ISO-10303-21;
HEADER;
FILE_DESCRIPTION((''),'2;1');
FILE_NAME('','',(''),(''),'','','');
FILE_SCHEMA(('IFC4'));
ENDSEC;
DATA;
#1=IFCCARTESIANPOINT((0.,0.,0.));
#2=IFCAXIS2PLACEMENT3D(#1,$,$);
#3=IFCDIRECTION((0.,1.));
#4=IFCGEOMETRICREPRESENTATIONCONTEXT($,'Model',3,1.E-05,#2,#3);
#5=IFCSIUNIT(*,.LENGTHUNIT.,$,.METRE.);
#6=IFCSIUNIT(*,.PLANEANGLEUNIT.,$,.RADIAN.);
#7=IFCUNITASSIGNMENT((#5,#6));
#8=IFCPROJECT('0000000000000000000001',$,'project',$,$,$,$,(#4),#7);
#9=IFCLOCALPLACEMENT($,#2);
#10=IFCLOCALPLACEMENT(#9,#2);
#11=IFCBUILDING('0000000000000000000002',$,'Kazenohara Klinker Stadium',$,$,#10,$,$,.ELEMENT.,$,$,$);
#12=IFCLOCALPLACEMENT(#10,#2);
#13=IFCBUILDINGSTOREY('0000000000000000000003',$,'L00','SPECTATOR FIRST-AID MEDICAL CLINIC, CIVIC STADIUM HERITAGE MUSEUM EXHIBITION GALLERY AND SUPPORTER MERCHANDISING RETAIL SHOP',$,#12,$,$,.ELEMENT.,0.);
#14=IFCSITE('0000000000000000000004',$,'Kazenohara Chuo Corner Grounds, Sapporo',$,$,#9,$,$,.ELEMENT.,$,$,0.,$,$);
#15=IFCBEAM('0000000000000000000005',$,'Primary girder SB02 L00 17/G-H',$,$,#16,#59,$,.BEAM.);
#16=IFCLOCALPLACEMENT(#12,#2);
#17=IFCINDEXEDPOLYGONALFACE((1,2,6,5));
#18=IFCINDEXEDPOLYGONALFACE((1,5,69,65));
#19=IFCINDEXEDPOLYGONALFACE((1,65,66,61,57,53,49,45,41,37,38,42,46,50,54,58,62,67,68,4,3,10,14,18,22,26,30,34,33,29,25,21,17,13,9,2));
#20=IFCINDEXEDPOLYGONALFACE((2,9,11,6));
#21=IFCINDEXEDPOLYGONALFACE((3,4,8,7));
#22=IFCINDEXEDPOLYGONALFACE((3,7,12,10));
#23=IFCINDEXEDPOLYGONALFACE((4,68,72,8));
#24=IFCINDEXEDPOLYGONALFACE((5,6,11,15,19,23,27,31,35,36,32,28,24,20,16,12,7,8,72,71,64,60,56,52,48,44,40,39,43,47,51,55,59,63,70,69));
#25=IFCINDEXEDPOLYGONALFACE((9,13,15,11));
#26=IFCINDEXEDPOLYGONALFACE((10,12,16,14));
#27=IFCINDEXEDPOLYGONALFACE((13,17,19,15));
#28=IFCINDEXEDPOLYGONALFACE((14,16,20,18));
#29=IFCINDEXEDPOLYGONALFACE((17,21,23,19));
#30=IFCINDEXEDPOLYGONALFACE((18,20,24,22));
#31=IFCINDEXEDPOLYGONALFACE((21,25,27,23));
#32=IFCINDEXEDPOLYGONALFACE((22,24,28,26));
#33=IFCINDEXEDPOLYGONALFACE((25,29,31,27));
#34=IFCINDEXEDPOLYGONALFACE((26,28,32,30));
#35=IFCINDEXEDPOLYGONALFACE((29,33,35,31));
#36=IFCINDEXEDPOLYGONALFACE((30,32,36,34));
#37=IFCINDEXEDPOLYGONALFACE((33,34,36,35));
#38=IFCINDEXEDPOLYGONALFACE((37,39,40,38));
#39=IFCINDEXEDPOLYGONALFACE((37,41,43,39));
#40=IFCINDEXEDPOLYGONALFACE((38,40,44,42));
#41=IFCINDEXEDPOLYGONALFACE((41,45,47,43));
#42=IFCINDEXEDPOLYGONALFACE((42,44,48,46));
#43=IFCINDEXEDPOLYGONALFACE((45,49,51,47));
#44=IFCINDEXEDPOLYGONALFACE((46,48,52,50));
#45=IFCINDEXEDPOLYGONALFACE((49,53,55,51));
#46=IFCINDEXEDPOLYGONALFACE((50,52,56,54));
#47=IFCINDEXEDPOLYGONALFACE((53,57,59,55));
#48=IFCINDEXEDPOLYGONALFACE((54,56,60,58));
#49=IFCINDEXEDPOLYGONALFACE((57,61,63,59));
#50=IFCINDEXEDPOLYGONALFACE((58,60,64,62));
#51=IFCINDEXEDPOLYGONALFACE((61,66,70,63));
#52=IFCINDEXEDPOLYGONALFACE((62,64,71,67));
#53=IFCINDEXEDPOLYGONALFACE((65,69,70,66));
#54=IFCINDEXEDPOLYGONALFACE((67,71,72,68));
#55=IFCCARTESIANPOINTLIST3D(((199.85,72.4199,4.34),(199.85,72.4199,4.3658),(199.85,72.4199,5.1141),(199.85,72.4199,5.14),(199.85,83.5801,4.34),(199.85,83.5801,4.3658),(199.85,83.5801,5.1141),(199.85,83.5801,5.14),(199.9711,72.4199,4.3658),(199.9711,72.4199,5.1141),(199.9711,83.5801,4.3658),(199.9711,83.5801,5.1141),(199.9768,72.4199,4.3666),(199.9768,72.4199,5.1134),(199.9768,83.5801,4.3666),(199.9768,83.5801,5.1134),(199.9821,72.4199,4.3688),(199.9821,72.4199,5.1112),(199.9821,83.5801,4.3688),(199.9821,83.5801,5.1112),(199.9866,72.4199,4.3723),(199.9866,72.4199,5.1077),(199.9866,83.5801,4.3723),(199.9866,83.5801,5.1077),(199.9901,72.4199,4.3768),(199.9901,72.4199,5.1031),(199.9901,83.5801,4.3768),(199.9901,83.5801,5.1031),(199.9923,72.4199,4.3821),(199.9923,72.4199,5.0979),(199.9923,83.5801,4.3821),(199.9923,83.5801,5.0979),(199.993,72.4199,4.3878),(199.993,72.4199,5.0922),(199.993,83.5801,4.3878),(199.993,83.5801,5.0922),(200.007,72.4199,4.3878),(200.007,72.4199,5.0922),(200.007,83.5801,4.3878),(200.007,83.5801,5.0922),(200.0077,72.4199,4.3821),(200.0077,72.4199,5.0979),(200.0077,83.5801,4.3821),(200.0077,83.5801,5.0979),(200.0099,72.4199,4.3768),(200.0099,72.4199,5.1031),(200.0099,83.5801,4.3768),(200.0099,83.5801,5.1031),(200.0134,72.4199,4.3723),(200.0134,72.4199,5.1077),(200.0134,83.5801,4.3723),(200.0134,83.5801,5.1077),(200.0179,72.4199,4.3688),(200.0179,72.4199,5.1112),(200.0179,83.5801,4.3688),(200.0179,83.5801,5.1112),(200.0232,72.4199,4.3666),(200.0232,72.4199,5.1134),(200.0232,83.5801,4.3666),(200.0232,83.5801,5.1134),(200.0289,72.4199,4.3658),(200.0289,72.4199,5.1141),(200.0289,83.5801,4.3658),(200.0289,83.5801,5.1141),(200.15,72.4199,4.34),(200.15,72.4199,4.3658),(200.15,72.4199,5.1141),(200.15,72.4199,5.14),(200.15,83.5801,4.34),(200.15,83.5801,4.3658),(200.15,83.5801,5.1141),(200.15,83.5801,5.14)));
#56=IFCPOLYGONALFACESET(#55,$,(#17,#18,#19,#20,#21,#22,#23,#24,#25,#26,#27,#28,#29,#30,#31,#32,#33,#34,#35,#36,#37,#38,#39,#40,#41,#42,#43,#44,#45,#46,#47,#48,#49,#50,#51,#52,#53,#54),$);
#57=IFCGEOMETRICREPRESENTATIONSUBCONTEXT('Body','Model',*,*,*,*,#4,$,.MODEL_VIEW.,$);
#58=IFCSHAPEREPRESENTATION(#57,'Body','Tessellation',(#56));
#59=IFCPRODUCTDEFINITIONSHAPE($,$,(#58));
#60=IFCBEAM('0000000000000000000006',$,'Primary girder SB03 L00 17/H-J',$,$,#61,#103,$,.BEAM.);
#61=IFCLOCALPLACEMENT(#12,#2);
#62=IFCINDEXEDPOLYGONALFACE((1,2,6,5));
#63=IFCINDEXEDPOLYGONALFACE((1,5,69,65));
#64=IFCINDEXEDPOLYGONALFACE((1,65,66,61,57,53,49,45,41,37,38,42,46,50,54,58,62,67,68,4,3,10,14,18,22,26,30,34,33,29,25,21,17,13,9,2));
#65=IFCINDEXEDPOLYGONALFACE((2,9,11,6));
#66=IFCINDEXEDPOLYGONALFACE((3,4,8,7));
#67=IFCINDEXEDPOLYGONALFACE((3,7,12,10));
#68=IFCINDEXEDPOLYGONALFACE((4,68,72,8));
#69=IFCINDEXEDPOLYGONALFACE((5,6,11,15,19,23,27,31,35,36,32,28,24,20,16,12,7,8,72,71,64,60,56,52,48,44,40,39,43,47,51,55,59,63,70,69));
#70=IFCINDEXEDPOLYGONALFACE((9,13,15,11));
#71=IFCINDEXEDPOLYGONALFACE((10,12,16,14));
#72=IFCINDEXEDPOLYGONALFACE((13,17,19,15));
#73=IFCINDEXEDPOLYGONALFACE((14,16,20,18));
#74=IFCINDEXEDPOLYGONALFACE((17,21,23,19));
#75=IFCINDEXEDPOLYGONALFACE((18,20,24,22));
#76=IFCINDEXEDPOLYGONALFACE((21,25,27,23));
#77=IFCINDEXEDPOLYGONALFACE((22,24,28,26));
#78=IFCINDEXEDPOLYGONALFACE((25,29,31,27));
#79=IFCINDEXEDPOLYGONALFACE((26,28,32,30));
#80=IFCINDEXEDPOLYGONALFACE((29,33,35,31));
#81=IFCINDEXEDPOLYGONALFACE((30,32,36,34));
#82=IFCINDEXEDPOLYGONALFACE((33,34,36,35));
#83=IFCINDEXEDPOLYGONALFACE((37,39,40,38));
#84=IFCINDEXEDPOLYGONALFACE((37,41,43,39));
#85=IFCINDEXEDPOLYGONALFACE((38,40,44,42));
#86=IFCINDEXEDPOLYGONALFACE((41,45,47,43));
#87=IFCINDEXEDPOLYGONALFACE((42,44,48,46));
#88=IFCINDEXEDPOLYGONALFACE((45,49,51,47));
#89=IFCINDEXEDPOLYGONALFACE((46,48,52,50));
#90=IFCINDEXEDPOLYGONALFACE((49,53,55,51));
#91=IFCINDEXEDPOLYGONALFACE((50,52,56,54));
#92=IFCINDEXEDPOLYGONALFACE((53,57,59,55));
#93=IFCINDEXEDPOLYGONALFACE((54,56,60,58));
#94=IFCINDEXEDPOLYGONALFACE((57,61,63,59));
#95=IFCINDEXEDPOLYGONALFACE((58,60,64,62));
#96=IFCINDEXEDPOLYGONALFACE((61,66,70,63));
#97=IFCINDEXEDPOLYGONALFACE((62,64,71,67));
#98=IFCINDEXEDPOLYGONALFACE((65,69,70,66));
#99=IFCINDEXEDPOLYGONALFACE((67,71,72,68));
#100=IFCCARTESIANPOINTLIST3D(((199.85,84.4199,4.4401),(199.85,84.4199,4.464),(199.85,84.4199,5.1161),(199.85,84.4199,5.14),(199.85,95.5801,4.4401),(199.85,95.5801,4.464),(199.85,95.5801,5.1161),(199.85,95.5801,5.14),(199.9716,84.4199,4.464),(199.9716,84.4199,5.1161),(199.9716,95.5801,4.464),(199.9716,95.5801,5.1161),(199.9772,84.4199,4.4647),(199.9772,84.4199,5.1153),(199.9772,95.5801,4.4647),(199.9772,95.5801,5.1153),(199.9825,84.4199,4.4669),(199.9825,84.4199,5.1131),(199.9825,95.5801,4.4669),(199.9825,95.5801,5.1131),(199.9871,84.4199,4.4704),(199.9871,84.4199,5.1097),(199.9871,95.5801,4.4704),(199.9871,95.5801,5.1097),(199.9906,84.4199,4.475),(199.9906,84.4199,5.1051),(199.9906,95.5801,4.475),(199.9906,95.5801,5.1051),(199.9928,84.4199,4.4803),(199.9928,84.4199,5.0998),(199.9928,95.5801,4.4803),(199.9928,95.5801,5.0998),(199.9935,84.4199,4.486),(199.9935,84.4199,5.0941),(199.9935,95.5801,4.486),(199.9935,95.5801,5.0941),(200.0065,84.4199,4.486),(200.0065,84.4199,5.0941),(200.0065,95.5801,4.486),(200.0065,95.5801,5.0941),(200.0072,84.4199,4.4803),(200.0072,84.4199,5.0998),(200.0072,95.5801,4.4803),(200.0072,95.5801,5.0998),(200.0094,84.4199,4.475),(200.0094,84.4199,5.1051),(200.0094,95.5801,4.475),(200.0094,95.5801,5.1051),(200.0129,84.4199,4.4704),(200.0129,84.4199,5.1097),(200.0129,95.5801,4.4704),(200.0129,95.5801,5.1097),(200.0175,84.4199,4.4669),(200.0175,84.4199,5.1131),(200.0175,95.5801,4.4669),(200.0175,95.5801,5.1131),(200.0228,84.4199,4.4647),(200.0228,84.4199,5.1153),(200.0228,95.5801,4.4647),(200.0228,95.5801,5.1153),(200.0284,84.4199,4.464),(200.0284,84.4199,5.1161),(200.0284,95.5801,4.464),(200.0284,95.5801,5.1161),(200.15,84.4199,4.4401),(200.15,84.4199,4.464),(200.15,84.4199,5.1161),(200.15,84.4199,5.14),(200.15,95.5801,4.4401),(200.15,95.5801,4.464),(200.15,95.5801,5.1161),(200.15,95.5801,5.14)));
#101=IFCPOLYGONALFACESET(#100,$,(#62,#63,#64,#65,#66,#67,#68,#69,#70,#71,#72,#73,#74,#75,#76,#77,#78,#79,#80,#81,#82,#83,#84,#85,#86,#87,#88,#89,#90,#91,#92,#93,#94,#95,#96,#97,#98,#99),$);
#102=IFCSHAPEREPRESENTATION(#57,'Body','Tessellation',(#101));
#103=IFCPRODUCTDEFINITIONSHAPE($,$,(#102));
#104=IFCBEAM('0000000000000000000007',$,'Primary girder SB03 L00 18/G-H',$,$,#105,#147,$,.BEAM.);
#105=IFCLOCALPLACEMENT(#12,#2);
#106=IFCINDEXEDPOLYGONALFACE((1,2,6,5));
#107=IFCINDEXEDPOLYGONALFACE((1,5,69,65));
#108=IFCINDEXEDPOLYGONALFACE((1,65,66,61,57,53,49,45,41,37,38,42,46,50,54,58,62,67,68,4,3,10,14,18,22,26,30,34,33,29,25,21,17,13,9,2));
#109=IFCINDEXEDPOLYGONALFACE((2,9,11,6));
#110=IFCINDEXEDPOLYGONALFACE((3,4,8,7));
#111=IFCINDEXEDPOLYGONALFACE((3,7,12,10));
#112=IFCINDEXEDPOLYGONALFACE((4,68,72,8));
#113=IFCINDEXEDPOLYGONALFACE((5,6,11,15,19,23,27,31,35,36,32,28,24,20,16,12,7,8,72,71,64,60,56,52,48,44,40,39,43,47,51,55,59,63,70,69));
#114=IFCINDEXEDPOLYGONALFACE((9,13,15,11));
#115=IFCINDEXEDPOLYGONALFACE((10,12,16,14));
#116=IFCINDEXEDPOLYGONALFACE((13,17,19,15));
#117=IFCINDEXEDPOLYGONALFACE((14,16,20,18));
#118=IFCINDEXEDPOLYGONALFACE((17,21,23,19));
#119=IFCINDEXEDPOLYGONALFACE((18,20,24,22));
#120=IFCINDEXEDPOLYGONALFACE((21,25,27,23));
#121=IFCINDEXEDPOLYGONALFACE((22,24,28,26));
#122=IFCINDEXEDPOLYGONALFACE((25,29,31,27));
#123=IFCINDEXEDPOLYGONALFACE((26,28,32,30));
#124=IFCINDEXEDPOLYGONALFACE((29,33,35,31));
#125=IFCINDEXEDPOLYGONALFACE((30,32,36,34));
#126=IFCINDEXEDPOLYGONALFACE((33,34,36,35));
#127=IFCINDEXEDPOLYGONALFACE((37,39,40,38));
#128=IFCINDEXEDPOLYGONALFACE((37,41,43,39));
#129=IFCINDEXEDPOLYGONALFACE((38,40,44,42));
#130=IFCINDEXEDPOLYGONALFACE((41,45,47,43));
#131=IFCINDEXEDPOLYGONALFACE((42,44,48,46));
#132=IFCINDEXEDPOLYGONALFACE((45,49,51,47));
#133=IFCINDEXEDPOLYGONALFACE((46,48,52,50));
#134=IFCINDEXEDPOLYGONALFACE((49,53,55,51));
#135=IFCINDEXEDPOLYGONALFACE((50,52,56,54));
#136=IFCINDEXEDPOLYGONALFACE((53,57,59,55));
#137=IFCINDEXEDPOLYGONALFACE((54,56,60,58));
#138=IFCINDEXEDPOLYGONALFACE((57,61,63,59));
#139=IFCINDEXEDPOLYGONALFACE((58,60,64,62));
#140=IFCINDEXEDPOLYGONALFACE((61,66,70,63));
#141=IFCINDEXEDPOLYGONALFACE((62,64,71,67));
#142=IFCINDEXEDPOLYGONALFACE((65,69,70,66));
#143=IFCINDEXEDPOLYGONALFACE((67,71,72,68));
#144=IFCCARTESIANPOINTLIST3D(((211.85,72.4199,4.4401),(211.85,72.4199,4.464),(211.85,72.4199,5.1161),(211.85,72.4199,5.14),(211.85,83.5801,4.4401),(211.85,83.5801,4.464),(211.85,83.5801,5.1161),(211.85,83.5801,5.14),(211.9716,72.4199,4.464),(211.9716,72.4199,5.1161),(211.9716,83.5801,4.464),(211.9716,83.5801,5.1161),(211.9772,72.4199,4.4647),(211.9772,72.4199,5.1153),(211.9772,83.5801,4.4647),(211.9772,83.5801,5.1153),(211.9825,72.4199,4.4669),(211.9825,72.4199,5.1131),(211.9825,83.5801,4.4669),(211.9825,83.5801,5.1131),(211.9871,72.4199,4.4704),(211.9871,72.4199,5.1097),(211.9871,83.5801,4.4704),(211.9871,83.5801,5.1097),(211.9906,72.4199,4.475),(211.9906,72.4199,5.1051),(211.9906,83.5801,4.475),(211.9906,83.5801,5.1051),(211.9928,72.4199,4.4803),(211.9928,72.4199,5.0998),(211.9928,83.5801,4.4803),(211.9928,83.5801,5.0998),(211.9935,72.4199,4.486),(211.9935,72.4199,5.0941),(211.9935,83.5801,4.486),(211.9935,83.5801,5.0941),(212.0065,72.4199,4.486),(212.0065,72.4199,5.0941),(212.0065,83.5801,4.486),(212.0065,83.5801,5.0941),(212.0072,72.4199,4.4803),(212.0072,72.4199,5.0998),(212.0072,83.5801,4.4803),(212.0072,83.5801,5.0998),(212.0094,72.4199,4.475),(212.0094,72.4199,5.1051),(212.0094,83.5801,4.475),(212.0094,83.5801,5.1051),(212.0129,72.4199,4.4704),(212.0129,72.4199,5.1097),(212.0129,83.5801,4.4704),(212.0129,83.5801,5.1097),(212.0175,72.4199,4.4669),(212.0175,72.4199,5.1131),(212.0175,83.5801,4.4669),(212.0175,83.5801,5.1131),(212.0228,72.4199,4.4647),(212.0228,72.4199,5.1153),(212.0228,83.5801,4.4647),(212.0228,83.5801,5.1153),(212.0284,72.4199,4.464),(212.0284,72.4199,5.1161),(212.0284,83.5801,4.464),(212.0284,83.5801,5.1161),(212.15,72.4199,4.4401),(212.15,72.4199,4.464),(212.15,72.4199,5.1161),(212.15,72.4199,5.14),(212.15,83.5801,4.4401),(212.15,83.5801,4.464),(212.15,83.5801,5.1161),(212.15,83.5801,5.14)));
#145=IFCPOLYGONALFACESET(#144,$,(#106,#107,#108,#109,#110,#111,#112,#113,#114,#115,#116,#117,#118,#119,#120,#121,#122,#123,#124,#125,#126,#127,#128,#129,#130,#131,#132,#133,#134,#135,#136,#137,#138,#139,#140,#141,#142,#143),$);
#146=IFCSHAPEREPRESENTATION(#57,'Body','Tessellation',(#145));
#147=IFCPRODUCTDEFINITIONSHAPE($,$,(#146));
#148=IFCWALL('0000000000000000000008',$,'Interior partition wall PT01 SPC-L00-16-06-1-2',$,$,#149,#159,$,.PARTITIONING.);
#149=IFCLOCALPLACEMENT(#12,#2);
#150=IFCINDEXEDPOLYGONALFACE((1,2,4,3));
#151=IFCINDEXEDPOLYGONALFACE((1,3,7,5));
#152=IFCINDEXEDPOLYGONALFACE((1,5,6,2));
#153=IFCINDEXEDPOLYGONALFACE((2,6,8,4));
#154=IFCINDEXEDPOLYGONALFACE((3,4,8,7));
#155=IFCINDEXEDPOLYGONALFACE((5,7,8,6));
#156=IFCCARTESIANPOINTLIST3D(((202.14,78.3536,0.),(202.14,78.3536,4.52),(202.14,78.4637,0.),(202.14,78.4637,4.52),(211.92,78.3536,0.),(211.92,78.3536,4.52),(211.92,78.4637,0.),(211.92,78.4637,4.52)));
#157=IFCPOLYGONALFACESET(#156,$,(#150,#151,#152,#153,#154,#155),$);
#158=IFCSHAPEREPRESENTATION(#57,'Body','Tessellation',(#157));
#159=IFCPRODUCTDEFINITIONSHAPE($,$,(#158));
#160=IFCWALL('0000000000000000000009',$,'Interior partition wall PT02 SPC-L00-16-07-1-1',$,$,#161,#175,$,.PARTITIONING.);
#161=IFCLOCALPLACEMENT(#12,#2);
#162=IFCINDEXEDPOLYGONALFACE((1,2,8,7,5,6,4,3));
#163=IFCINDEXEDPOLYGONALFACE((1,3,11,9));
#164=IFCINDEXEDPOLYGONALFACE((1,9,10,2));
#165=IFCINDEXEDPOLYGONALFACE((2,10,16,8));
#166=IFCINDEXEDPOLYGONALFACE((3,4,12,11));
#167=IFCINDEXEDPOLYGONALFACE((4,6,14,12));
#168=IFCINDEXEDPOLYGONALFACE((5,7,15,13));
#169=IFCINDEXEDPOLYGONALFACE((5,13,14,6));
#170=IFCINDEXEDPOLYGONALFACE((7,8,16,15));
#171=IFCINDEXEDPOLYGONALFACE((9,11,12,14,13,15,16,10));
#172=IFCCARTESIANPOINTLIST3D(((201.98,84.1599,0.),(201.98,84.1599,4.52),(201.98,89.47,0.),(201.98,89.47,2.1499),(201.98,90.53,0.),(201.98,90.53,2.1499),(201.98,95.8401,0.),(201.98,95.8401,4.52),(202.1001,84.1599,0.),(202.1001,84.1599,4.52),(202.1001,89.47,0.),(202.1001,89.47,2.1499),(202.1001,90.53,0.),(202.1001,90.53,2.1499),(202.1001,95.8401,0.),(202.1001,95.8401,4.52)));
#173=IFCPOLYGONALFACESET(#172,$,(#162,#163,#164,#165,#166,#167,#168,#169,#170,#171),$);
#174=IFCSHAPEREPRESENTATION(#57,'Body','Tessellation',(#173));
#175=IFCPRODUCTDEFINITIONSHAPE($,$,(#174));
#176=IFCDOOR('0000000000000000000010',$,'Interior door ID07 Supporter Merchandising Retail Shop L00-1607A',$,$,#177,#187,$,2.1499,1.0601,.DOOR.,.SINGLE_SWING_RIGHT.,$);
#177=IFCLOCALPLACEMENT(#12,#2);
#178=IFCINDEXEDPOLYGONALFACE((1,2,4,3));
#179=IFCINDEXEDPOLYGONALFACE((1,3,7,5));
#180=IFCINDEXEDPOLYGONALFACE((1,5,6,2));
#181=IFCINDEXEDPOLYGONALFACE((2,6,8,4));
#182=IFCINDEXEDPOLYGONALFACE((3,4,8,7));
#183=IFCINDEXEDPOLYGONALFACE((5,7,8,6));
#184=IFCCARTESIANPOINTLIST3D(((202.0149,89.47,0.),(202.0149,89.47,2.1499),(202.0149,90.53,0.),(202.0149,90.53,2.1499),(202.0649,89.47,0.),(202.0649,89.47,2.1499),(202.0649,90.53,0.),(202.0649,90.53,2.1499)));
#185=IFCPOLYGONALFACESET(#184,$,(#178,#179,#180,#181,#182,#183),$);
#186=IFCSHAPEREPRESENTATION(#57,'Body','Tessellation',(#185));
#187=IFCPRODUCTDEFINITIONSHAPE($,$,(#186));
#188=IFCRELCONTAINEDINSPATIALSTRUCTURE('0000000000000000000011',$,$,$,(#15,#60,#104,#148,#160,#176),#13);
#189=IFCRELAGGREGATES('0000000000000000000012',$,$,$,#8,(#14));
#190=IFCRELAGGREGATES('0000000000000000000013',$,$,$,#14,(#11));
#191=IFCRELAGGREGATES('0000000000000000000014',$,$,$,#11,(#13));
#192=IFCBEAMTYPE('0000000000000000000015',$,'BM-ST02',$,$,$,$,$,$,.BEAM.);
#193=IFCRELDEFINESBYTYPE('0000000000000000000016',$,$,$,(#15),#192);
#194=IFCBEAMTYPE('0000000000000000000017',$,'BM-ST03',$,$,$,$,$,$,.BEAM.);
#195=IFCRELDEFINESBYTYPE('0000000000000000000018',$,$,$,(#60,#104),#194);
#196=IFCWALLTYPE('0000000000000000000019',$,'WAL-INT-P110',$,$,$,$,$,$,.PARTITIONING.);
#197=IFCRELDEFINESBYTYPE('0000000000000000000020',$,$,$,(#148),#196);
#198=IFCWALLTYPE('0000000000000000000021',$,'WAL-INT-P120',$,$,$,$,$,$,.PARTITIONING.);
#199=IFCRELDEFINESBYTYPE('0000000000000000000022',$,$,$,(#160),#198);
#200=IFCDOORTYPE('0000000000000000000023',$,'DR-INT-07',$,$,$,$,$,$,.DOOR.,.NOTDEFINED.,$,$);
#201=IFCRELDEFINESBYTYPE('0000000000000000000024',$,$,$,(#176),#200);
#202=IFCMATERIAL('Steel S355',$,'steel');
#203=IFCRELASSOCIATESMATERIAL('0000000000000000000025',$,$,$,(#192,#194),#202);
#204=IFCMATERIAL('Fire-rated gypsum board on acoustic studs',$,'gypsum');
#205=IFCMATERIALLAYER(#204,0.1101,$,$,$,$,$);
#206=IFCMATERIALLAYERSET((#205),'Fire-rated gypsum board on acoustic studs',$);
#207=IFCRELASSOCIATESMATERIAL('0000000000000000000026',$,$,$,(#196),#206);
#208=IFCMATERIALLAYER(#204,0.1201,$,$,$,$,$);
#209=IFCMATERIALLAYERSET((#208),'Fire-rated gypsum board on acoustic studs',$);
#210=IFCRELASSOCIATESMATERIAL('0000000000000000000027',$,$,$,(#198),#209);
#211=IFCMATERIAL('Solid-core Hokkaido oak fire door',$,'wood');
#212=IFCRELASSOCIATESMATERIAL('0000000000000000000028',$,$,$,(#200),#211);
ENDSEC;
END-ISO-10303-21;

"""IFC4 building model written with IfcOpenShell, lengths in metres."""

from ifc_helpers import new_model, si_unit, direction, frame, frame_2d, origin, origin_2d, place, context, subcontext, project, spatial, rectangle, i_section, extrude, material, layer, layer_set, material_profile, profile_set, type_object, element, fill, save


model = new_model("IFC4")

# Units and contexts
model_context = context("Model", 3, precision=1e-05, world=origin(), true_north=direction((0.0, 1.0)))
body_context = subcontext(model_context, "Body", "Model", "MODEL_VIEW")
ifc_project = project(units=[si_unit("LENGTHUNIT", "METRE"), si_unit("PLANEANGLEUNIT", "RADIAN")], contexts=[model_context])

# Site, building, storey
site_placement = place(None, origin())
site = spatial("IfcSite", under=ifc_project, at=site_placement, Name="Kazenohara Chuo Corner Grounds, Sapporo", CompositionType="ELEMENT", RefElevation=0.0)
building_placement = place(site_placement, origin())
building = spatial("IfcBuilding", under=site, at=building_placement, Name="Kazenohara Klinker Stadium", CompositionType="ELEMENT")
storey_placement = place(building_placement, origin())
storey = spatial("IfcBuildingStorey", under=building, at=storey_placement, Name="L00", Description="SPECTATOR FIRST-AID MEDICAL CLINIC, CIVIC STADIUM HERITAGE MUSEUM EXHIBITION GALLERY AND SUPPORTER MERCHANDISING RETAIL SHOP", CompositionType="ELEMENT", Elevation=0.0)

# Beams
ifc_material_1 = material(Name="Steel S355", Category="steel")
ifc_material_profile_1 = material_profile(ifc_material_1, i_section(OverallWidth=0.3, OverallDepth=0.8, WebThickness=0.0139, FlangeThickness=0.0259, FilletRadius=0.022, at=origin_2d()), Name="H-800x300x14x26")
ifc_profile_set_1 = profile_set([ifc_material_profile_1], Name="Steel S355")
beam_type_1 = type_object("IfcBeamType", Name="BM-ST02", PredefinedType="BEAM", material=ifc_profile_set_1)
for number, where, z_axis, x_axis, name in (
    (1, (200.0, 72.4199, 4.74), (0.0, 1.0, 0.0), (-1.0, 0.0, 0.0), "Primary girder SB02 L00 17/G-H"),
):
    element("IfcBeam", number, at=place(storey_placement, frame(where, z_axis=z_axis, x_axis=x_axis)), inside=storey, type_object=beam_type_1, Name=name, PredefinedType="BEAM", context=body_context, shape_type="SweptSolid", body=[
        extrude(i_section(OverallWidth=0.3, OverallDepth=0.8, WebThickness=0.0139, FlangeThickness=0.0259, FilletRadius=0.022, at=origin_2d()), origin(), (0.0, 0.0, 1.0), 11.1602),
    ])
ifc_material_profile_2 = material_profile(ifc_material_1, i_section(OverallWidth=0.3, OverallDepth=0.7, WebThickness=0.0129, FlangeThickness=0.0239, FilletRadius=0.022, at=origin_2d()), Name="H-700x300x13x24")
ifc_profile_set_2 = profile_set([ifc_material_profile_2], Name="Steel S355")
beam_type_2 = type_object("IfcBeamType", Name="BM-ST03", PredefinedType="BEAM", material=ifc_profile_set_2)
for number, where, z_axis, x_axis, name in (
    (2, (200.0, 84.4199, 4.79), (0.0, 1.0, 0.0), (-1.0, 0.0, 0.0), "Primary girder SB03 L00 17/H-J"),
    (3, (212.0, 72.4199, 4.79), (0.0, 1.0, 0.0), (-1.0, 0.0, 0.0), "Primary girder SB03 L00 18/G-H"),
):
    element("IfcBeam", number, at=place(storey_placement, frame(where, z_axis=z_axis, x_axis=x_axis)), inside=storey, type_object=beam_type_2, Name=name, PredefinedType="BEAM", context=body_context, shape_type="SweptSolid", body=[
        extrude(i_section(OverallWidth=0.3, OverallDepth=0.7, WebThickness=0.0129, FlangeThickness=0.0239, FilletRadius=0.022, at=origin_2d()), origin(), (0.0, 0.0, 1.0), 11.1602),
    ])

# Wall
ifc_material_2 = material(Name="Fire-rated gypsum board on acoustic studs", Category="gypsum")
ifc_layer_1 = layer(ifc_material_2, 0.1101)
ifc_layer_set_1 = layer_set([ifc_layer_1], Name="Fire-rated gypsum board on acoustic studs")
wall_type_1 = type_object("IfcWallType", Name="WAL-INT-P110", PredefinedType="PARTITIONING", material=ifc_layer_set_1)
wall_1_placement = place(storey_placement, frame((202.1399, 78.4087, 0.0), z_axis=(0.0, 0.0, 1.0), x_axis=(1.0, 0.0, 0.0)))
element("IfcWall", 4, at=wall_1_placement, inside=storey, type_object=wall_type_1, Name="Interior partition wall PT01 SPC-L00-16-06-1-2", PredefinedType="PARTITIONING", context=body_context, shape_type="SweptSolid", body=[
    extrude(rectangle(XDim=9.78, YDim=0.1101, at=frame_2d((4.8901, 0.0))), origin(), (0.0, 0.0, 1.0), 4.52),
])

# Wall, opening, door
ifc_layer_2 = layer(ifc_material_2, 0.1201)
ifc_layer_set_2 = layer_set([ifc_layer_2], Name="Fire-rated gypsum board on acoustic studs")
wall_type_2 = type_object("IfcWallType", Name="WAL-INT-P120", PredefinedType="PARTITIONING", material=ifc_layer_set_2)
wall_2_placement = place(storey_placement, frame((202.04, 84.1599, 0.0), z_axis=(0.0, 0.0, 1.0), x_axis=(0.0, 1.0, 0.0)))
wall_2 = element("IfcWall", 5, at=wall_2_placement, inside=storey, type_object=wall_type_2, Name="Interior partition wall PT02 SPC-L00-16-07-1-1", PredefinedType="PARTITIONING", context=body_context, shape_type="SweptSolid", body=[
    extrude(rectangle(XDim=11.6802, YDim=0.1201, at=frame_2d((5.8401, 0.0))), origin(), (0.0, 0.0, 1.0), 4.52),
])
opening_1_placement = place(wall_2_placement, frame((6.3701, 0.0, 0.0), z_axis=(0.0, 0.0, 1.0), x_axis=(-1.0, 0.0, 0.0)))
opening_1 = element("IfcOpeningElement", 6, at=opening_1_placement, cuts=wall_2, PredefinedType="OPENING", context=body_context, shape_type="SweptSolid", body=[
    extrude(rectangle(XDim=1.0601, YDim=2.1499, at=frame_2d((0.53, 1.075))), frame((0.0, 0.0701, 0.0), z_axis=(0.0, -1.0, 0.0), x_axis=(1.0, 0.0, 0.0)), (0.0, 0.0, 1.0), 0.1401),
])
ifc_material_3 = material(Name="Solid-core Hokkaido oak fire door", Category="wood")
door_type_1 = type_object("IfcDoorType", Name="DR-INT-07", OperationType="NOTDEFINED", PredefinedType="DOOR", material=ifc_material_3)
door_1_placement = place(opening_1_placement, origin())
door_1 = element("IfcDoor", 7, at=door_1_placement, inside=storey, type_object=door_type_1, Name="Interior door ID07 Supporter Merchandising Retail Shop L00-1607A", OperationType="SINGLE_SWING_RIGHT", OverallHeight=2.1499, OverallWidth=1.0601, PredefinedType="DOOR", context=body_context, shape_type="SweptSolid", body=[
    extrude(rectangle(XDim=1.0601, YDim=2.1499, at=frame_2d((0.53, 1.075))), frame((0.0, 0.0249, 0.0), z_axis=(0.0, -1.0, 0.0), x_axis=(1.0, 0.0, 0.0)), (0.0, 0.0, 1.0), 0.05),
])
fill(opening_1, door_1)

save(model, "model.ifc")
